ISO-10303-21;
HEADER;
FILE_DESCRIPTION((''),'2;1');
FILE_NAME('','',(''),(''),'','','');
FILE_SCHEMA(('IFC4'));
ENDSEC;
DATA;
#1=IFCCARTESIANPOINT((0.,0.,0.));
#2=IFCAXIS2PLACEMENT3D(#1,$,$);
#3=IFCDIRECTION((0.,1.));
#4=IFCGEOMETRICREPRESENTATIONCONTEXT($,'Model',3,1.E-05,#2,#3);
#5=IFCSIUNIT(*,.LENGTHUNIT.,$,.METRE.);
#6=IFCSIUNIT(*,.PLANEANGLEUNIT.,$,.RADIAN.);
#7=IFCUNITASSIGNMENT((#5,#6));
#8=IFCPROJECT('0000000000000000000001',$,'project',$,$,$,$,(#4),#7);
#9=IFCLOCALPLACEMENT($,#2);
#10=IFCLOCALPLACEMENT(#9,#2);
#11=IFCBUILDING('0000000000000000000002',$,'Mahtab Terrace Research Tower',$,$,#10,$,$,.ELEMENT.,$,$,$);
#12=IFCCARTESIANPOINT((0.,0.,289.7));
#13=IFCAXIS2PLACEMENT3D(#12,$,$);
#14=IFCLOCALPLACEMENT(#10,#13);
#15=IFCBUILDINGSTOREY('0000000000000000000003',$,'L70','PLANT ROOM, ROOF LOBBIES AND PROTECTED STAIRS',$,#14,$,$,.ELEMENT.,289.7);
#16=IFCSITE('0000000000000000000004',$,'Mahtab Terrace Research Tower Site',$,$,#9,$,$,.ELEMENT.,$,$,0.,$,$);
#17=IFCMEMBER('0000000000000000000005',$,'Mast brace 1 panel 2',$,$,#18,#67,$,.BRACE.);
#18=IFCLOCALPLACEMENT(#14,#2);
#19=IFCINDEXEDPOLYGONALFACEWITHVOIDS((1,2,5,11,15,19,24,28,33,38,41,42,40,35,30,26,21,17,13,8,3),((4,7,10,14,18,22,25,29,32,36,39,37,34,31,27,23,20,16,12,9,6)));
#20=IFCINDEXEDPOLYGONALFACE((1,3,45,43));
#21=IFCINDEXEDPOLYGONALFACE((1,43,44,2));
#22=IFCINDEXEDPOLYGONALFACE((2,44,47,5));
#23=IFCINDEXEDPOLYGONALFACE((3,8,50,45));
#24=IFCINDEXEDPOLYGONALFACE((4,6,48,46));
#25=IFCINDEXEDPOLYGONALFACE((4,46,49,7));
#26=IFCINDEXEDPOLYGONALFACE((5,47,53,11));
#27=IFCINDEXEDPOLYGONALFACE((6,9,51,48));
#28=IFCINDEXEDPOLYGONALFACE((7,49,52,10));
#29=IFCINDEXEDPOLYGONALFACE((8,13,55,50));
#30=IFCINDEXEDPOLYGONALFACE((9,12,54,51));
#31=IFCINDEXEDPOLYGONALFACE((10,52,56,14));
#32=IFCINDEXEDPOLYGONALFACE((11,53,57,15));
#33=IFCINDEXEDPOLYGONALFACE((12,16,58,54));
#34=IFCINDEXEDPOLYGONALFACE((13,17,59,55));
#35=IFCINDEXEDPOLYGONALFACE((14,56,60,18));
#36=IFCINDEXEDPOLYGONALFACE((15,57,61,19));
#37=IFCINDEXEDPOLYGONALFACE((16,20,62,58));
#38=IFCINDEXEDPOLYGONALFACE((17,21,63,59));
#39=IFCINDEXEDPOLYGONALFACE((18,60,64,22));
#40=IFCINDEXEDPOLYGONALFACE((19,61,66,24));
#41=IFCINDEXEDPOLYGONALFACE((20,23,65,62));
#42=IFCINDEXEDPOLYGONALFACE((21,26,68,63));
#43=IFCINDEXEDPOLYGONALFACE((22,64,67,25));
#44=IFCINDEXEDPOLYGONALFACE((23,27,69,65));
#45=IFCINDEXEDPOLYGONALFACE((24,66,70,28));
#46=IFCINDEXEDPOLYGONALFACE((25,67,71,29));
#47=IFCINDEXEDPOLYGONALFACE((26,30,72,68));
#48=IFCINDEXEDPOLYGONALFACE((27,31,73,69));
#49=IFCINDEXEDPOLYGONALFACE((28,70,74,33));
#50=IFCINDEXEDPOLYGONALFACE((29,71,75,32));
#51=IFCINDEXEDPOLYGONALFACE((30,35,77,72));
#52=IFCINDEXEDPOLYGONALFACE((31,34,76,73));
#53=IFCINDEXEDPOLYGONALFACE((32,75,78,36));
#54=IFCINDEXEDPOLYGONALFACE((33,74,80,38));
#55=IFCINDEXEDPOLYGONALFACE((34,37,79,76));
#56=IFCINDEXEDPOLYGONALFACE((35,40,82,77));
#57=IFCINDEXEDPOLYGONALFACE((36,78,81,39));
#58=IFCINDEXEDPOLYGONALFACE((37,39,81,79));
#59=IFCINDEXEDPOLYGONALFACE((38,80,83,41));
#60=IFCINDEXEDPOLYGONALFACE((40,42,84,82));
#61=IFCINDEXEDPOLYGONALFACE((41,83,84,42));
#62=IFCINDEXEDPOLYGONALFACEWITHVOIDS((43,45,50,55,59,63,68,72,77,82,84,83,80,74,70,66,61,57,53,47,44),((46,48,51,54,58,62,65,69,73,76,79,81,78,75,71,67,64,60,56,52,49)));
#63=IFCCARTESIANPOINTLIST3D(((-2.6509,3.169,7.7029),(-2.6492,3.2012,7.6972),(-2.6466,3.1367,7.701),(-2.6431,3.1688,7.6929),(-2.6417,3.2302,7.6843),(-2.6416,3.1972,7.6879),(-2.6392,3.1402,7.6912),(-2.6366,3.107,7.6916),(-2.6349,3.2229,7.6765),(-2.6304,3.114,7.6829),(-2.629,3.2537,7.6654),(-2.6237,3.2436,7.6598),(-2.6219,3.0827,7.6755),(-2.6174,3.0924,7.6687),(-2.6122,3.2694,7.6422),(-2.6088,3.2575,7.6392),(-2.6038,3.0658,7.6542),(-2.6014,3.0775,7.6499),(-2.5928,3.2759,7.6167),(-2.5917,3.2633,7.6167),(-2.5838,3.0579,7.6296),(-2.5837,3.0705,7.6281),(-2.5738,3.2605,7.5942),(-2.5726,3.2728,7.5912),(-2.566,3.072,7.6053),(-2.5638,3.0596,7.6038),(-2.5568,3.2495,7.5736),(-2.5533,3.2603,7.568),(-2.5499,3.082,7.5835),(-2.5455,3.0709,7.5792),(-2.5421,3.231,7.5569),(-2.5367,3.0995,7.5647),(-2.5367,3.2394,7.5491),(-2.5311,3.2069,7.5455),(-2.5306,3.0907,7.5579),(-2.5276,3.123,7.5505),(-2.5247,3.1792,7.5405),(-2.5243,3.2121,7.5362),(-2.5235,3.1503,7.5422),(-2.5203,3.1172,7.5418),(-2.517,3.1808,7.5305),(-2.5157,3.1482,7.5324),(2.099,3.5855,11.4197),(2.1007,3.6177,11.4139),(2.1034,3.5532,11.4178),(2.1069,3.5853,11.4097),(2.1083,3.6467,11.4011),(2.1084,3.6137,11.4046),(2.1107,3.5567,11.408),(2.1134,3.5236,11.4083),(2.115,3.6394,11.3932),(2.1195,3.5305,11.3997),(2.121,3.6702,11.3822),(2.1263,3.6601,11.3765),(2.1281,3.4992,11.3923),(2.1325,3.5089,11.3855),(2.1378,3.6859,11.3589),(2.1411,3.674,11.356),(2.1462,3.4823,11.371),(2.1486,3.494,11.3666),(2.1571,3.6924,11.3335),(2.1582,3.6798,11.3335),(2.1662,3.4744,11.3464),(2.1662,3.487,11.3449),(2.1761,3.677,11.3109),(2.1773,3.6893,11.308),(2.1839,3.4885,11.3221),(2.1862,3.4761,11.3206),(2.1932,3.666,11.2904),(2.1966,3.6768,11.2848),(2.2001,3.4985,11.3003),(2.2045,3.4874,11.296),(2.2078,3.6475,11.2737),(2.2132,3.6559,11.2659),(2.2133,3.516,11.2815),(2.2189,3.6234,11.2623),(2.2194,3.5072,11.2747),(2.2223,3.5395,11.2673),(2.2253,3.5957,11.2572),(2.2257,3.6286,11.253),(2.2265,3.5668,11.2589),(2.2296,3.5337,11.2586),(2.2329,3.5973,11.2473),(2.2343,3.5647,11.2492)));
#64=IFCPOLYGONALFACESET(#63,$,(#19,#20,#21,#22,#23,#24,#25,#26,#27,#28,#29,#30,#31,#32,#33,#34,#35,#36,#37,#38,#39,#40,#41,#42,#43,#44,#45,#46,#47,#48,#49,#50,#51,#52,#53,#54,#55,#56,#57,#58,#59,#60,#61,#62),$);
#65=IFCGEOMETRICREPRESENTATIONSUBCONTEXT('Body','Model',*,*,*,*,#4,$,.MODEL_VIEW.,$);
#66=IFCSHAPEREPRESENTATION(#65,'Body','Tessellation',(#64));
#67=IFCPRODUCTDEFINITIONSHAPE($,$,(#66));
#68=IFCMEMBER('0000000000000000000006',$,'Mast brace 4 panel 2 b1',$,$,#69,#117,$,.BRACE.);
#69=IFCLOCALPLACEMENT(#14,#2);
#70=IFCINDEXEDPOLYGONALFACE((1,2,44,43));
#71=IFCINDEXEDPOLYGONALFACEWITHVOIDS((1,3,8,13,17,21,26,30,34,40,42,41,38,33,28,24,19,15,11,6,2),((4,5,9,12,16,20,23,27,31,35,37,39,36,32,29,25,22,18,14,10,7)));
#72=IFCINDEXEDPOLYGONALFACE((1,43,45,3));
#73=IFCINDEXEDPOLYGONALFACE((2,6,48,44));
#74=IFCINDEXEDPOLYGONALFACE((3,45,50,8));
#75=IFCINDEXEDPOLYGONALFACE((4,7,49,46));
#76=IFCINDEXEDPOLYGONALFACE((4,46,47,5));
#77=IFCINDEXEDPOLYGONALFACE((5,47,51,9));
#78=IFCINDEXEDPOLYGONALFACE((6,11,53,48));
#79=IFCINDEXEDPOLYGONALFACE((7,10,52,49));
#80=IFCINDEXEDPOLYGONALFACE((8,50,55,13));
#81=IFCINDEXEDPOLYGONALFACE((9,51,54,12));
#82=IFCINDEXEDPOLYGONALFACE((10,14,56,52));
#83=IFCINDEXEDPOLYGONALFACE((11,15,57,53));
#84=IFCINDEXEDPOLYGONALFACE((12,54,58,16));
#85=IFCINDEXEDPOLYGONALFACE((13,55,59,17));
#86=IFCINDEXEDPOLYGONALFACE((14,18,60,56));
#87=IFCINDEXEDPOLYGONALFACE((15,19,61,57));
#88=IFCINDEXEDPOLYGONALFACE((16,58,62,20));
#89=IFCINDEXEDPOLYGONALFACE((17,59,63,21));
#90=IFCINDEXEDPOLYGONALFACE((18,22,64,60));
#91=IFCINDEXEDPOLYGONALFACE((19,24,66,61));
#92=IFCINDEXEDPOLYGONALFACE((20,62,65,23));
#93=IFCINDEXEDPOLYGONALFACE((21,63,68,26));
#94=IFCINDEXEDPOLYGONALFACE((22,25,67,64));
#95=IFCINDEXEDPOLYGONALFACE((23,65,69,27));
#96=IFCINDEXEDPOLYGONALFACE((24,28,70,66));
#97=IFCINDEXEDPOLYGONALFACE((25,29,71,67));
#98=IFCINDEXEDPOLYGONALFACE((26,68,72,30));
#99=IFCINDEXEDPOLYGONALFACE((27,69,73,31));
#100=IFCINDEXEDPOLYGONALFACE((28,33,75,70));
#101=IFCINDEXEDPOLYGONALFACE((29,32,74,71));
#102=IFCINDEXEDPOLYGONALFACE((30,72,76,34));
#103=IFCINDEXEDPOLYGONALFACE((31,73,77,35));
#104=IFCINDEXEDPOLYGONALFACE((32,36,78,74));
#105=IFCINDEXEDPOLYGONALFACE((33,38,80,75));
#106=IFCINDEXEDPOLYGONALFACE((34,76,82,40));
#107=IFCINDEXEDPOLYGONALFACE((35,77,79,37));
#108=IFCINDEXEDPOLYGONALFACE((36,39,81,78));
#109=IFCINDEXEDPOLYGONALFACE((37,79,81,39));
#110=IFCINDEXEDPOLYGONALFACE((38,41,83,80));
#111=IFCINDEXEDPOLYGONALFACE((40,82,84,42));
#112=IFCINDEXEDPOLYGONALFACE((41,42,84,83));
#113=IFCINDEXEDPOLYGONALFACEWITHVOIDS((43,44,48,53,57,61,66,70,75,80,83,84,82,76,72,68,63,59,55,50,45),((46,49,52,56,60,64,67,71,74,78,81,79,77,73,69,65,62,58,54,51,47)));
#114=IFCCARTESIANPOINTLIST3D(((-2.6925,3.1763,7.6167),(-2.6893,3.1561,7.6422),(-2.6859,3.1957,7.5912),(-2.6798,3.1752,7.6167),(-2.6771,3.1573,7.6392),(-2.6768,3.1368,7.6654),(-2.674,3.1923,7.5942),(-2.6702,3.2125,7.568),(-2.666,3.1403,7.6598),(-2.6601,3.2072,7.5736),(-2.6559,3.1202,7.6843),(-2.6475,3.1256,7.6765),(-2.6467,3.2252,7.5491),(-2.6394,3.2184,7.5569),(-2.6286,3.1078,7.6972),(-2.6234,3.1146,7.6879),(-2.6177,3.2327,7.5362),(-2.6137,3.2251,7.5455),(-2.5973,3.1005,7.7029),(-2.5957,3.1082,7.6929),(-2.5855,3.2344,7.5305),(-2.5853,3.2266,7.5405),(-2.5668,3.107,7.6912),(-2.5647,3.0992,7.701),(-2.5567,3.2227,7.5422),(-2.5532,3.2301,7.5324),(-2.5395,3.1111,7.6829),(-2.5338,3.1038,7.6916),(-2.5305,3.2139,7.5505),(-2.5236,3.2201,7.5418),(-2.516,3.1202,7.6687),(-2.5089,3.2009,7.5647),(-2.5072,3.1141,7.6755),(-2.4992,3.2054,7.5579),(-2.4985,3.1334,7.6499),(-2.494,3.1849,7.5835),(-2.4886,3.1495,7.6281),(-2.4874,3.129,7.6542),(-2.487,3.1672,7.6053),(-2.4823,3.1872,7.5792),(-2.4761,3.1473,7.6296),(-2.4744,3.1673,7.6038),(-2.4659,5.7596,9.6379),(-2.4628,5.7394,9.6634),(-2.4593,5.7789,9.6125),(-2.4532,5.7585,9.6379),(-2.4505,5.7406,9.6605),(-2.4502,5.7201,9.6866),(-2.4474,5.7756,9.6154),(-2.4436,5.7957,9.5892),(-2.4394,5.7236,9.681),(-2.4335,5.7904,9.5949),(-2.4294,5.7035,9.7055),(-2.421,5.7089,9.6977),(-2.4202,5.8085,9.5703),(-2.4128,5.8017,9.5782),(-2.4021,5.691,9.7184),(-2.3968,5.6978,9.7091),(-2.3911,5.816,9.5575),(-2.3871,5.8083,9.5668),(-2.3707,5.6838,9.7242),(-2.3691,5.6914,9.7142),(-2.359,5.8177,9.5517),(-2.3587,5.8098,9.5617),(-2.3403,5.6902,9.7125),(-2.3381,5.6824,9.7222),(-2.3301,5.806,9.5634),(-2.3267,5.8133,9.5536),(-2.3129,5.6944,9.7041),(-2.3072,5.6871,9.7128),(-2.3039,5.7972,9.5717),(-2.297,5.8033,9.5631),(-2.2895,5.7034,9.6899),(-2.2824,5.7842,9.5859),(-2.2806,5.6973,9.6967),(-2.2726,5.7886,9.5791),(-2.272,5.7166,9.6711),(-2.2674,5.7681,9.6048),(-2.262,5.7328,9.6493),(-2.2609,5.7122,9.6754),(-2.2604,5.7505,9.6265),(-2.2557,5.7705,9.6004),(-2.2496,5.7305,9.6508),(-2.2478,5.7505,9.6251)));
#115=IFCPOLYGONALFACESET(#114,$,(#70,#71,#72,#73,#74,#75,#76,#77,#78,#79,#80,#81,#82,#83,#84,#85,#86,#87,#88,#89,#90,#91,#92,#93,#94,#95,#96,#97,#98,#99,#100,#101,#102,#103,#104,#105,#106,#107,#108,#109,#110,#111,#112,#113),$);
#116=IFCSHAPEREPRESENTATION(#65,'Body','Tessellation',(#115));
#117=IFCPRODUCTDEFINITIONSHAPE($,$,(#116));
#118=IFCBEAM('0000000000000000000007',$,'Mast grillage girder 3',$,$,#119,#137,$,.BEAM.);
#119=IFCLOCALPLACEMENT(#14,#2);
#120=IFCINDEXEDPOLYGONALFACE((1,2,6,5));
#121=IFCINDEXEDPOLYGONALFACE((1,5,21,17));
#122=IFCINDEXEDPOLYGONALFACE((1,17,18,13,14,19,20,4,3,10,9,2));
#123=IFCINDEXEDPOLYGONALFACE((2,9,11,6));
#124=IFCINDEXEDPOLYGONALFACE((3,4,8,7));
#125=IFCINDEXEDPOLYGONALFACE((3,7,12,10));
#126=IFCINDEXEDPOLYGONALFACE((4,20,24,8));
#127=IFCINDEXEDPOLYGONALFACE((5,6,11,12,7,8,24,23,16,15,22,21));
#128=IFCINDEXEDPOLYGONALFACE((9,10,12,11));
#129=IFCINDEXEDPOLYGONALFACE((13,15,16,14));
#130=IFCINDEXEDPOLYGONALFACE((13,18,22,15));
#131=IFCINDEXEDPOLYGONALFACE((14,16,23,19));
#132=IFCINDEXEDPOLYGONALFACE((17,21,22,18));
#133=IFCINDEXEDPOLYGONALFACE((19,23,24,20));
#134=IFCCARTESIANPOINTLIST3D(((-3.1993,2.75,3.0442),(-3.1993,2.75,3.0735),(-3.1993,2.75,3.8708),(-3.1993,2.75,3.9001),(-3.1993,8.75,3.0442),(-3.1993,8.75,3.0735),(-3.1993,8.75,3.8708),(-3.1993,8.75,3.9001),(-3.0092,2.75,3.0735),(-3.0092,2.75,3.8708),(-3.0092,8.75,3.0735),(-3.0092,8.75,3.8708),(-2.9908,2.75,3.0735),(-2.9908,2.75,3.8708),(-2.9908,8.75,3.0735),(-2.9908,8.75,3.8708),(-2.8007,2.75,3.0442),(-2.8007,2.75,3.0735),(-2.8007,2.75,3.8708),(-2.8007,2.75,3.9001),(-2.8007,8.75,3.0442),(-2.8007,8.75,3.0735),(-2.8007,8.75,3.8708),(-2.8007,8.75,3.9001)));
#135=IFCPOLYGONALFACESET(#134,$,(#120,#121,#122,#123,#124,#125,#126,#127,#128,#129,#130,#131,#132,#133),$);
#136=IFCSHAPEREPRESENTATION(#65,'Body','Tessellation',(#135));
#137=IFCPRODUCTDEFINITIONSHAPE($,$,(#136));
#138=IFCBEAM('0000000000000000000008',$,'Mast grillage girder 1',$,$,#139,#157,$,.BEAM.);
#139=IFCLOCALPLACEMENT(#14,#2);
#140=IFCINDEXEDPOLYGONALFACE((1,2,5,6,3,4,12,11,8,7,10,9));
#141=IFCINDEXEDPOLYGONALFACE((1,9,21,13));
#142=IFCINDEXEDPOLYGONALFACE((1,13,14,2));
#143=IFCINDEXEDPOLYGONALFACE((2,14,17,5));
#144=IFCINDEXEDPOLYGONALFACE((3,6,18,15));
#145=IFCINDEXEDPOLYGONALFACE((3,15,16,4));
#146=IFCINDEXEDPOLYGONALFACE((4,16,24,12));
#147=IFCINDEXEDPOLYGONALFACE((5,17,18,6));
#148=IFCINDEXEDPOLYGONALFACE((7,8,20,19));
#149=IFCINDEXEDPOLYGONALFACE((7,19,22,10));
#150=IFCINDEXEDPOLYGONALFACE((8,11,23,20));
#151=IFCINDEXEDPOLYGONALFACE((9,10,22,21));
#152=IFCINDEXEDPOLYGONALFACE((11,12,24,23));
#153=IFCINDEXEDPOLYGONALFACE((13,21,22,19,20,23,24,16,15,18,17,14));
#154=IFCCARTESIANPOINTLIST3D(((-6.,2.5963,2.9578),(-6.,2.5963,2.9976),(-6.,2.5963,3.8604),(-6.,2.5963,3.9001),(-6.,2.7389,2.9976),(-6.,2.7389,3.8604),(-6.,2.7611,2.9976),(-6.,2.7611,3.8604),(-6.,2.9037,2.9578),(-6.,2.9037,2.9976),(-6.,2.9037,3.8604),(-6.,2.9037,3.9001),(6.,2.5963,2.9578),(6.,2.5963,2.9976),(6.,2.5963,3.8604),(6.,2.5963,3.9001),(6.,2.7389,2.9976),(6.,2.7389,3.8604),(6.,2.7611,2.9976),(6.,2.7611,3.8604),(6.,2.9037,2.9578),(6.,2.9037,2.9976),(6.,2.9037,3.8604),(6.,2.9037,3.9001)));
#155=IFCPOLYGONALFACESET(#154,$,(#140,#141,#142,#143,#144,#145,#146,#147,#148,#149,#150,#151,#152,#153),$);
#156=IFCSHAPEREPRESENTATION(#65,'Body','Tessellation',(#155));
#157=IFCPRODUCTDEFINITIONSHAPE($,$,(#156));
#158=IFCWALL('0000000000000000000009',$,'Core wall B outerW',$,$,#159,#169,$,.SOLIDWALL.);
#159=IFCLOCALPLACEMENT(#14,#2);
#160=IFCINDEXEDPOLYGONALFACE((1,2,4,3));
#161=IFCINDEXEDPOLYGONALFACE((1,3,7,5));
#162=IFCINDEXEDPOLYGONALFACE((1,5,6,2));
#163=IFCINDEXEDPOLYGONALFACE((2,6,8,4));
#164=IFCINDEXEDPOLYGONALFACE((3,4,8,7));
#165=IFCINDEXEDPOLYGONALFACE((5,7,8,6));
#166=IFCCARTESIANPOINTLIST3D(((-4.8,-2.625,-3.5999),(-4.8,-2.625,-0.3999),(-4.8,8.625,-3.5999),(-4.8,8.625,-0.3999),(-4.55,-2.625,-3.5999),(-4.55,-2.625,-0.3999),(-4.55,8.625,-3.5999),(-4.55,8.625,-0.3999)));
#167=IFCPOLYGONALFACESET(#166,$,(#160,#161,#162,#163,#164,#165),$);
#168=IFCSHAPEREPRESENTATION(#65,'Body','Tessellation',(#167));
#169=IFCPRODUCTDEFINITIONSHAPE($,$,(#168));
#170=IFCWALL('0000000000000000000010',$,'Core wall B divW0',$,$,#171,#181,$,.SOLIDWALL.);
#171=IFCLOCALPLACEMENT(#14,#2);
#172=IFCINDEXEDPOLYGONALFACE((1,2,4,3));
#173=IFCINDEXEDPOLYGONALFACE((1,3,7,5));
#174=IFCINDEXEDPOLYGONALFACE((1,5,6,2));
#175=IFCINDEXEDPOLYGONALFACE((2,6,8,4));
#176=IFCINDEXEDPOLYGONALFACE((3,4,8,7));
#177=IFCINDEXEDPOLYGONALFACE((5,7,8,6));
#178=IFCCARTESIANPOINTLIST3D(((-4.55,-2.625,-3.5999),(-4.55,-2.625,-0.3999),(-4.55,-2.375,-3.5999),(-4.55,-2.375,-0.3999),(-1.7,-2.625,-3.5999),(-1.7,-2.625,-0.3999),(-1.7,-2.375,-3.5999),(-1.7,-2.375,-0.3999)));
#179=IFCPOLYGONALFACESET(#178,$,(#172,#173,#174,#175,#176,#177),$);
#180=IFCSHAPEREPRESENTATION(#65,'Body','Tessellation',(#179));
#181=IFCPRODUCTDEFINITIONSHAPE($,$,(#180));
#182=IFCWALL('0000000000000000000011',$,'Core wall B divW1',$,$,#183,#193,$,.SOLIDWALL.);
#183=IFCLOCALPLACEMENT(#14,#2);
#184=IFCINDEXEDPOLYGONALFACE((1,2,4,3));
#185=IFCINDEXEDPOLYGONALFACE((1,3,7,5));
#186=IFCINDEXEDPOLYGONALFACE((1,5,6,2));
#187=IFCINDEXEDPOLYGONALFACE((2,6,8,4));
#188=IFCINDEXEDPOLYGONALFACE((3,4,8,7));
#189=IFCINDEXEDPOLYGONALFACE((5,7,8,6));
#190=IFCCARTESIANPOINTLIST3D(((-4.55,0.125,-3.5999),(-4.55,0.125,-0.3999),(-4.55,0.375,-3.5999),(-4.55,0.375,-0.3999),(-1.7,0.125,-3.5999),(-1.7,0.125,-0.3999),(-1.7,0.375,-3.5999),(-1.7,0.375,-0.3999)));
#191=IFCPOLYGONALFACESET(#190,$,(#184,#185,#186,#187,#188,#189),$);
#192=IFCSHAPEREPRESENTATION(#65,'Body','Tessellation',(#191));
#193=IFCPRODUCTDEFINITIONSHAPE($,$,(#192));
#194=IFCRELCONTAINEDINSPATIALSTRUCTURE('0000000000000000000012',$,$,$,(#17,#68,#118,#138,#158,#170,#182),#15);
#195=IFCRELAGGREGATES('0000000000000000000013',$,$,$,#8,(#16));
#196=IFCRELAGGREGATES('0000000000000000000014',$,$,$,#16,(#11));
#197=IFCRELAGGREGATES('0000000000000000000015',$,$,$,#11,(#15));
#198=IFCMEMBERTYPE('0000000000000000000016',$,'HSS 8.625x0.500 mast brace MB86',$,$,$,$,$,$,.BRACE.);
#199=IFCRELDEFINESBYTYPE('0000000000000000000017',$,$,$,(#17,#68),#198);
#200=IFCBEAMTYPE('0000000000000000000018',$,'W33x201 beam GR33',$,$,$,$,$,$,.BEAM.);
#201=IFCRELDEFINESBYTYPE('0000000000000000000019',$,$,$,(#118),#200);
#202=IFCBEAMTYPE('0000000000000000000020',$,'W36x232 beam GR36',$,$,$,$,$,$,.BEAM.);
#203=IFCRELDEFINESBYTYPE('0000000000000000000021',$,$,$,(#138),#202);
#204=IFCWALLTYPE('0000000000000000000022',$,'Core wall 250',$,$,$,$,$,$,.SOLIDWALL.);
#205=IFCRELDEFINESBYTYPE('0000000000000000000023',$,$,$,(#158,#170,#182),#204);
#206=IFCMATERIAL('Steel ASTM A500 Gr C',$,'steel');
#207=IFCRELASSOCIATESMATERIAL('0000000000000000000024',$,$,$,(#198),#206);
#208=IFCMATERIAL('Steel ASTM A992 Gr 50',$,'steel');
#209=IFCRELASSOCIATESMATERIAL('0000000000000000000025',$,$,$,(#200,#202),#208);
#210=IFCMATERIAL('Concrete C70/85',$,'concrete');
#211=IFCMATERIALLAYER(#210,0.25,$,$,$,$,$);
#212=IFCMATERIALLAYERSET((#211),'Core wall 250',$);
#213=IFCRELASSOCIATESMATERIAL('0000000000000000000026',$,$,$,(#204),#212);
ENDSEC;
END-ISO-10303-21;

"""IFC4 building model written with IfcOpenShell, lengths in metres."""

from ifc_helpers import new_model, si_unit, direction, frame, frame_2d, origin, origin_2d, place, context, subcontext, project, spatial, rectangle, hollow_circle, i_section, extrude, material, layer, layer_set, material_profile, profile_set, type_object, element, save


model = new_model("IFC4")

# Units and contexts
model_context = context("Model", 3, precision=1e-05, world=origin(), true_north=direction((0.0, 1.0)))
body_context = subcontext(model_context, "Body", "Model", "MODEL_VIEW")
ifc_project = project(units=[si_unit("LENGTHUNIT", "METRE"), si_unit("PLANEANGLEUNIT", "RADIAN")], contexts=[model_context])

# Site, building, storey
site_placement = place(None, origin())
site = spatial("IfcSite", under=ifc_project, at=site_placement, Name="Mahtab Terrace Research Tower Site", CompositionType="ELEMENT", RefElevation=0.0)
building_placement = place(site_placement, origin())
building = spatial("IfcBuilding", under=site, at=building_placement, Name="Mahtab Terrace Research Tower", CompositionType="ELEMENT")
storey_placement = place(building_placement, frame((0.0, 0.0, 289.7)))
storey = spatial("IfcBuildingStorey", under=building, at=storey_placement, Name="L70", Description="PLANT ROOM, ROOF LOBBIES AND PROTECTED STAIRS", CompositionType="ELEMENT", Elevation=289.7)

# Shared definitions
ifc_material_1 = material(Name="Concrete C70/85", Category="concrete")

# Members
ifc_material_2 = material(Name="Steel ASTM A500 Gr C", Category="steel")
ifc_material_profile_1 = material_profile(ifc_material_2, hollow_circle(Radius=0.1096, WallThickness=0.0127, at=origin_2d()), Name="HSS8.625X0.500")
ifc_profile_set_1 = profile_set([ifc_material_profile_1], Name="Steel ASTM A500 Gr C")
member_type_1 = type_object("IfcMemberType", Name="HSS 8.625x0.500 mast brace MB86", PredefinedType="BRACE", material=ifc_profile_set_1)
member_1_placement = place(storey_placement, frame((-2.5833, 3.1667, 7.6167), z_axis=(0.785682, 0.068893, 0.614783), x_axis=(-0.08735, 0.996178, 0.0)))
element("IfcMember", 1, at=member_1_placement, inside=storey, type_object=member_type_1, Name="Mast brace 1 panel 2", PredefinedType="BRACE", context=body_context, shape_type="SweptSolid", body=[
    extrude(hollow_circle(Radius=0.1096, WallThickness=0.0127, at=origin_2d()), origin(), (0.0, 0.0, 1.0), 6.0457),
])
member_2_placement = place(storey_placement, frame((-2.5833, 3.1667, 7.6167), z_axis=(0.068909, 0.785697, 0.614761), x_axis=(-0.996176, 0.087369, 0.0)))
element("IfcMember", 2, at=member_2_placement, inside=storey, type_object=member_type_1, Name="Mast brace 4 panel 2 b1", PredefinedType="BRACE", context=body_context, shape_type="SweptSolid", body=[
    extrude(hollow_circle(Radius=0.1096, WallThickness=0.0127, at=origin_2d()), origin(), (0.0, 0.0, 1.0), 3.2878),
])

# Beams
ifc_material_3 = material(Name="Steel ASTM A992 Gr 50", Category="steel")
ifc_material_profile_2 = material_profile(ifc_material_3, i_section(OverallWidth=0.3987, OverallDepth=0.856, WebThickness=0.0183, FlangeThickness=0.0293, at=origin_2d()), Name="W33X201")
ifc_profile_set_2 = profile_set([ifc_material_profile_2], Name="Steel ASTM A992 Gr 50")
beam_type_1 = type_object("IfcBeamType", Name="W33x201 beam GR33", PredefinedType="BEAM", material=ifc_profile_set_2)
beam_1_placement = place(storey_placement, frame((-3.0, 2.75, 3.4722), z_axis=(0.0, 1.0, 0.0), x_axis=(-1.0, 0.0, 0.0)))
element("IfcBeam", 3, at=beam_1_placement, inside=storey, type_object=beam_type_1, Name="Mast grillage girder 3", PredefinedType="BEAM", context=body_context, shape_type="SweptSolid", body=[
    extrude(i_section(OverallWidth=0.3987, OverallDepth=0.856, WebThickness=0.0183, FlangeThickness=0.0293, at=origin_2d()), origin(), (0.0, 0.0, 1.0), 6.0),
])
ifc_material_profile_3 = material_profile(ifc_material_3, i_section(OverallWidth=0.3074, OverallDepth=0.9424, WebThickness=0.0222, FlangeThickness=0.0398, at=origin_2d()), Name="W36X232")
ifc_profile_set_3 = profile_set([ifc_material_profile_3], Name="Steel ASTM A992 Gr 50")
beam_type_2 = type_object("IfcBeamType", Name="W36x232 beam GR36", PredefinedType="BEAM", material=ifc_profile_set_3)
beam_2_placement = place(storey_placement, frame((-6.0, 2.75, 3.429), z_axis=(1.0, 0.0, 0.0), x_axis=(0.0, 1.0, 0.0)))
element("IfcBeam", 4, at=beam_2_placement, inside=storey, type_object=beam_type_2, Name="Mast grillage girder 1", PredefinedType="BEAM", context=body_context, shape_type="SweptSolid", body=[
    extrude(i_section(OverallWidth=0.3074, OverallDepth=0.9424, WebThickness=0.0222, FlangeThickness=0.0398, at=origin_2d()), origin(), (0.0, 0.0, 1.0), 12.0),
])

# Walls
ifc_layer_1 = layer(ifc_material_1, 0.25)
ifc_layer_set_1 = layer_set([ifc_layer_1], Name="Core wall 250")
wall_type = type_object("IfcWallType", Name="Core wall 250", PredefinedType="SOLIDWALL", material=ifc_layer_set_1)
wall_placement = place(storey_placement, frame((-4.675, -2.625, -3.5999), z_axis=(0.0, 0.0, 1.0), x_axis=(0.0, 1.0, 0.0)))
element("IfcWall", 5, at=wall_placement, inside=storey, type_object=wall_type, Name="Core wall B outerW", PredefinedType="SOLIDWALL", context=body_context, shape_type="SweptSolid", body=[
    extrude(rectangle(XDim=11.25, YDim=0.25, at=frame_2d((5.625, 0.0))), origin(), (0.0, 0.0, 1.0), 3.2),
])
for number, where, z_axis, x_axis, name in (
    (6, (-4.55, -2.5, -3.5999), (0.0, 0.0, 1.0), (1.0, 0.0, 0.0), "Core wall B divW0"),
    (7, (-4.55, 0.25, -3.5999), (0.0, 0.0, 1.0), (1.0, 0.0, 0.0), "Core wall B divW1"),
):
    element("IfcWall", number, at=place(storey_placement, frame(where, z_axis=z_axis, x_axis=x_axis)), inside=storey, type_object=wall_type, Name=name, PredefinedType="SOLIDWALL", context=body_context, shape_type="SweptSolid", body=[
        extrude(rectangle(XDim=2.8501, YDim=0.25, at=frame_2d((1.425, 0.0))), origin(), (0.0, 0.0, 1.0), 3.2),
    ])

save(model, "model.ifc")
